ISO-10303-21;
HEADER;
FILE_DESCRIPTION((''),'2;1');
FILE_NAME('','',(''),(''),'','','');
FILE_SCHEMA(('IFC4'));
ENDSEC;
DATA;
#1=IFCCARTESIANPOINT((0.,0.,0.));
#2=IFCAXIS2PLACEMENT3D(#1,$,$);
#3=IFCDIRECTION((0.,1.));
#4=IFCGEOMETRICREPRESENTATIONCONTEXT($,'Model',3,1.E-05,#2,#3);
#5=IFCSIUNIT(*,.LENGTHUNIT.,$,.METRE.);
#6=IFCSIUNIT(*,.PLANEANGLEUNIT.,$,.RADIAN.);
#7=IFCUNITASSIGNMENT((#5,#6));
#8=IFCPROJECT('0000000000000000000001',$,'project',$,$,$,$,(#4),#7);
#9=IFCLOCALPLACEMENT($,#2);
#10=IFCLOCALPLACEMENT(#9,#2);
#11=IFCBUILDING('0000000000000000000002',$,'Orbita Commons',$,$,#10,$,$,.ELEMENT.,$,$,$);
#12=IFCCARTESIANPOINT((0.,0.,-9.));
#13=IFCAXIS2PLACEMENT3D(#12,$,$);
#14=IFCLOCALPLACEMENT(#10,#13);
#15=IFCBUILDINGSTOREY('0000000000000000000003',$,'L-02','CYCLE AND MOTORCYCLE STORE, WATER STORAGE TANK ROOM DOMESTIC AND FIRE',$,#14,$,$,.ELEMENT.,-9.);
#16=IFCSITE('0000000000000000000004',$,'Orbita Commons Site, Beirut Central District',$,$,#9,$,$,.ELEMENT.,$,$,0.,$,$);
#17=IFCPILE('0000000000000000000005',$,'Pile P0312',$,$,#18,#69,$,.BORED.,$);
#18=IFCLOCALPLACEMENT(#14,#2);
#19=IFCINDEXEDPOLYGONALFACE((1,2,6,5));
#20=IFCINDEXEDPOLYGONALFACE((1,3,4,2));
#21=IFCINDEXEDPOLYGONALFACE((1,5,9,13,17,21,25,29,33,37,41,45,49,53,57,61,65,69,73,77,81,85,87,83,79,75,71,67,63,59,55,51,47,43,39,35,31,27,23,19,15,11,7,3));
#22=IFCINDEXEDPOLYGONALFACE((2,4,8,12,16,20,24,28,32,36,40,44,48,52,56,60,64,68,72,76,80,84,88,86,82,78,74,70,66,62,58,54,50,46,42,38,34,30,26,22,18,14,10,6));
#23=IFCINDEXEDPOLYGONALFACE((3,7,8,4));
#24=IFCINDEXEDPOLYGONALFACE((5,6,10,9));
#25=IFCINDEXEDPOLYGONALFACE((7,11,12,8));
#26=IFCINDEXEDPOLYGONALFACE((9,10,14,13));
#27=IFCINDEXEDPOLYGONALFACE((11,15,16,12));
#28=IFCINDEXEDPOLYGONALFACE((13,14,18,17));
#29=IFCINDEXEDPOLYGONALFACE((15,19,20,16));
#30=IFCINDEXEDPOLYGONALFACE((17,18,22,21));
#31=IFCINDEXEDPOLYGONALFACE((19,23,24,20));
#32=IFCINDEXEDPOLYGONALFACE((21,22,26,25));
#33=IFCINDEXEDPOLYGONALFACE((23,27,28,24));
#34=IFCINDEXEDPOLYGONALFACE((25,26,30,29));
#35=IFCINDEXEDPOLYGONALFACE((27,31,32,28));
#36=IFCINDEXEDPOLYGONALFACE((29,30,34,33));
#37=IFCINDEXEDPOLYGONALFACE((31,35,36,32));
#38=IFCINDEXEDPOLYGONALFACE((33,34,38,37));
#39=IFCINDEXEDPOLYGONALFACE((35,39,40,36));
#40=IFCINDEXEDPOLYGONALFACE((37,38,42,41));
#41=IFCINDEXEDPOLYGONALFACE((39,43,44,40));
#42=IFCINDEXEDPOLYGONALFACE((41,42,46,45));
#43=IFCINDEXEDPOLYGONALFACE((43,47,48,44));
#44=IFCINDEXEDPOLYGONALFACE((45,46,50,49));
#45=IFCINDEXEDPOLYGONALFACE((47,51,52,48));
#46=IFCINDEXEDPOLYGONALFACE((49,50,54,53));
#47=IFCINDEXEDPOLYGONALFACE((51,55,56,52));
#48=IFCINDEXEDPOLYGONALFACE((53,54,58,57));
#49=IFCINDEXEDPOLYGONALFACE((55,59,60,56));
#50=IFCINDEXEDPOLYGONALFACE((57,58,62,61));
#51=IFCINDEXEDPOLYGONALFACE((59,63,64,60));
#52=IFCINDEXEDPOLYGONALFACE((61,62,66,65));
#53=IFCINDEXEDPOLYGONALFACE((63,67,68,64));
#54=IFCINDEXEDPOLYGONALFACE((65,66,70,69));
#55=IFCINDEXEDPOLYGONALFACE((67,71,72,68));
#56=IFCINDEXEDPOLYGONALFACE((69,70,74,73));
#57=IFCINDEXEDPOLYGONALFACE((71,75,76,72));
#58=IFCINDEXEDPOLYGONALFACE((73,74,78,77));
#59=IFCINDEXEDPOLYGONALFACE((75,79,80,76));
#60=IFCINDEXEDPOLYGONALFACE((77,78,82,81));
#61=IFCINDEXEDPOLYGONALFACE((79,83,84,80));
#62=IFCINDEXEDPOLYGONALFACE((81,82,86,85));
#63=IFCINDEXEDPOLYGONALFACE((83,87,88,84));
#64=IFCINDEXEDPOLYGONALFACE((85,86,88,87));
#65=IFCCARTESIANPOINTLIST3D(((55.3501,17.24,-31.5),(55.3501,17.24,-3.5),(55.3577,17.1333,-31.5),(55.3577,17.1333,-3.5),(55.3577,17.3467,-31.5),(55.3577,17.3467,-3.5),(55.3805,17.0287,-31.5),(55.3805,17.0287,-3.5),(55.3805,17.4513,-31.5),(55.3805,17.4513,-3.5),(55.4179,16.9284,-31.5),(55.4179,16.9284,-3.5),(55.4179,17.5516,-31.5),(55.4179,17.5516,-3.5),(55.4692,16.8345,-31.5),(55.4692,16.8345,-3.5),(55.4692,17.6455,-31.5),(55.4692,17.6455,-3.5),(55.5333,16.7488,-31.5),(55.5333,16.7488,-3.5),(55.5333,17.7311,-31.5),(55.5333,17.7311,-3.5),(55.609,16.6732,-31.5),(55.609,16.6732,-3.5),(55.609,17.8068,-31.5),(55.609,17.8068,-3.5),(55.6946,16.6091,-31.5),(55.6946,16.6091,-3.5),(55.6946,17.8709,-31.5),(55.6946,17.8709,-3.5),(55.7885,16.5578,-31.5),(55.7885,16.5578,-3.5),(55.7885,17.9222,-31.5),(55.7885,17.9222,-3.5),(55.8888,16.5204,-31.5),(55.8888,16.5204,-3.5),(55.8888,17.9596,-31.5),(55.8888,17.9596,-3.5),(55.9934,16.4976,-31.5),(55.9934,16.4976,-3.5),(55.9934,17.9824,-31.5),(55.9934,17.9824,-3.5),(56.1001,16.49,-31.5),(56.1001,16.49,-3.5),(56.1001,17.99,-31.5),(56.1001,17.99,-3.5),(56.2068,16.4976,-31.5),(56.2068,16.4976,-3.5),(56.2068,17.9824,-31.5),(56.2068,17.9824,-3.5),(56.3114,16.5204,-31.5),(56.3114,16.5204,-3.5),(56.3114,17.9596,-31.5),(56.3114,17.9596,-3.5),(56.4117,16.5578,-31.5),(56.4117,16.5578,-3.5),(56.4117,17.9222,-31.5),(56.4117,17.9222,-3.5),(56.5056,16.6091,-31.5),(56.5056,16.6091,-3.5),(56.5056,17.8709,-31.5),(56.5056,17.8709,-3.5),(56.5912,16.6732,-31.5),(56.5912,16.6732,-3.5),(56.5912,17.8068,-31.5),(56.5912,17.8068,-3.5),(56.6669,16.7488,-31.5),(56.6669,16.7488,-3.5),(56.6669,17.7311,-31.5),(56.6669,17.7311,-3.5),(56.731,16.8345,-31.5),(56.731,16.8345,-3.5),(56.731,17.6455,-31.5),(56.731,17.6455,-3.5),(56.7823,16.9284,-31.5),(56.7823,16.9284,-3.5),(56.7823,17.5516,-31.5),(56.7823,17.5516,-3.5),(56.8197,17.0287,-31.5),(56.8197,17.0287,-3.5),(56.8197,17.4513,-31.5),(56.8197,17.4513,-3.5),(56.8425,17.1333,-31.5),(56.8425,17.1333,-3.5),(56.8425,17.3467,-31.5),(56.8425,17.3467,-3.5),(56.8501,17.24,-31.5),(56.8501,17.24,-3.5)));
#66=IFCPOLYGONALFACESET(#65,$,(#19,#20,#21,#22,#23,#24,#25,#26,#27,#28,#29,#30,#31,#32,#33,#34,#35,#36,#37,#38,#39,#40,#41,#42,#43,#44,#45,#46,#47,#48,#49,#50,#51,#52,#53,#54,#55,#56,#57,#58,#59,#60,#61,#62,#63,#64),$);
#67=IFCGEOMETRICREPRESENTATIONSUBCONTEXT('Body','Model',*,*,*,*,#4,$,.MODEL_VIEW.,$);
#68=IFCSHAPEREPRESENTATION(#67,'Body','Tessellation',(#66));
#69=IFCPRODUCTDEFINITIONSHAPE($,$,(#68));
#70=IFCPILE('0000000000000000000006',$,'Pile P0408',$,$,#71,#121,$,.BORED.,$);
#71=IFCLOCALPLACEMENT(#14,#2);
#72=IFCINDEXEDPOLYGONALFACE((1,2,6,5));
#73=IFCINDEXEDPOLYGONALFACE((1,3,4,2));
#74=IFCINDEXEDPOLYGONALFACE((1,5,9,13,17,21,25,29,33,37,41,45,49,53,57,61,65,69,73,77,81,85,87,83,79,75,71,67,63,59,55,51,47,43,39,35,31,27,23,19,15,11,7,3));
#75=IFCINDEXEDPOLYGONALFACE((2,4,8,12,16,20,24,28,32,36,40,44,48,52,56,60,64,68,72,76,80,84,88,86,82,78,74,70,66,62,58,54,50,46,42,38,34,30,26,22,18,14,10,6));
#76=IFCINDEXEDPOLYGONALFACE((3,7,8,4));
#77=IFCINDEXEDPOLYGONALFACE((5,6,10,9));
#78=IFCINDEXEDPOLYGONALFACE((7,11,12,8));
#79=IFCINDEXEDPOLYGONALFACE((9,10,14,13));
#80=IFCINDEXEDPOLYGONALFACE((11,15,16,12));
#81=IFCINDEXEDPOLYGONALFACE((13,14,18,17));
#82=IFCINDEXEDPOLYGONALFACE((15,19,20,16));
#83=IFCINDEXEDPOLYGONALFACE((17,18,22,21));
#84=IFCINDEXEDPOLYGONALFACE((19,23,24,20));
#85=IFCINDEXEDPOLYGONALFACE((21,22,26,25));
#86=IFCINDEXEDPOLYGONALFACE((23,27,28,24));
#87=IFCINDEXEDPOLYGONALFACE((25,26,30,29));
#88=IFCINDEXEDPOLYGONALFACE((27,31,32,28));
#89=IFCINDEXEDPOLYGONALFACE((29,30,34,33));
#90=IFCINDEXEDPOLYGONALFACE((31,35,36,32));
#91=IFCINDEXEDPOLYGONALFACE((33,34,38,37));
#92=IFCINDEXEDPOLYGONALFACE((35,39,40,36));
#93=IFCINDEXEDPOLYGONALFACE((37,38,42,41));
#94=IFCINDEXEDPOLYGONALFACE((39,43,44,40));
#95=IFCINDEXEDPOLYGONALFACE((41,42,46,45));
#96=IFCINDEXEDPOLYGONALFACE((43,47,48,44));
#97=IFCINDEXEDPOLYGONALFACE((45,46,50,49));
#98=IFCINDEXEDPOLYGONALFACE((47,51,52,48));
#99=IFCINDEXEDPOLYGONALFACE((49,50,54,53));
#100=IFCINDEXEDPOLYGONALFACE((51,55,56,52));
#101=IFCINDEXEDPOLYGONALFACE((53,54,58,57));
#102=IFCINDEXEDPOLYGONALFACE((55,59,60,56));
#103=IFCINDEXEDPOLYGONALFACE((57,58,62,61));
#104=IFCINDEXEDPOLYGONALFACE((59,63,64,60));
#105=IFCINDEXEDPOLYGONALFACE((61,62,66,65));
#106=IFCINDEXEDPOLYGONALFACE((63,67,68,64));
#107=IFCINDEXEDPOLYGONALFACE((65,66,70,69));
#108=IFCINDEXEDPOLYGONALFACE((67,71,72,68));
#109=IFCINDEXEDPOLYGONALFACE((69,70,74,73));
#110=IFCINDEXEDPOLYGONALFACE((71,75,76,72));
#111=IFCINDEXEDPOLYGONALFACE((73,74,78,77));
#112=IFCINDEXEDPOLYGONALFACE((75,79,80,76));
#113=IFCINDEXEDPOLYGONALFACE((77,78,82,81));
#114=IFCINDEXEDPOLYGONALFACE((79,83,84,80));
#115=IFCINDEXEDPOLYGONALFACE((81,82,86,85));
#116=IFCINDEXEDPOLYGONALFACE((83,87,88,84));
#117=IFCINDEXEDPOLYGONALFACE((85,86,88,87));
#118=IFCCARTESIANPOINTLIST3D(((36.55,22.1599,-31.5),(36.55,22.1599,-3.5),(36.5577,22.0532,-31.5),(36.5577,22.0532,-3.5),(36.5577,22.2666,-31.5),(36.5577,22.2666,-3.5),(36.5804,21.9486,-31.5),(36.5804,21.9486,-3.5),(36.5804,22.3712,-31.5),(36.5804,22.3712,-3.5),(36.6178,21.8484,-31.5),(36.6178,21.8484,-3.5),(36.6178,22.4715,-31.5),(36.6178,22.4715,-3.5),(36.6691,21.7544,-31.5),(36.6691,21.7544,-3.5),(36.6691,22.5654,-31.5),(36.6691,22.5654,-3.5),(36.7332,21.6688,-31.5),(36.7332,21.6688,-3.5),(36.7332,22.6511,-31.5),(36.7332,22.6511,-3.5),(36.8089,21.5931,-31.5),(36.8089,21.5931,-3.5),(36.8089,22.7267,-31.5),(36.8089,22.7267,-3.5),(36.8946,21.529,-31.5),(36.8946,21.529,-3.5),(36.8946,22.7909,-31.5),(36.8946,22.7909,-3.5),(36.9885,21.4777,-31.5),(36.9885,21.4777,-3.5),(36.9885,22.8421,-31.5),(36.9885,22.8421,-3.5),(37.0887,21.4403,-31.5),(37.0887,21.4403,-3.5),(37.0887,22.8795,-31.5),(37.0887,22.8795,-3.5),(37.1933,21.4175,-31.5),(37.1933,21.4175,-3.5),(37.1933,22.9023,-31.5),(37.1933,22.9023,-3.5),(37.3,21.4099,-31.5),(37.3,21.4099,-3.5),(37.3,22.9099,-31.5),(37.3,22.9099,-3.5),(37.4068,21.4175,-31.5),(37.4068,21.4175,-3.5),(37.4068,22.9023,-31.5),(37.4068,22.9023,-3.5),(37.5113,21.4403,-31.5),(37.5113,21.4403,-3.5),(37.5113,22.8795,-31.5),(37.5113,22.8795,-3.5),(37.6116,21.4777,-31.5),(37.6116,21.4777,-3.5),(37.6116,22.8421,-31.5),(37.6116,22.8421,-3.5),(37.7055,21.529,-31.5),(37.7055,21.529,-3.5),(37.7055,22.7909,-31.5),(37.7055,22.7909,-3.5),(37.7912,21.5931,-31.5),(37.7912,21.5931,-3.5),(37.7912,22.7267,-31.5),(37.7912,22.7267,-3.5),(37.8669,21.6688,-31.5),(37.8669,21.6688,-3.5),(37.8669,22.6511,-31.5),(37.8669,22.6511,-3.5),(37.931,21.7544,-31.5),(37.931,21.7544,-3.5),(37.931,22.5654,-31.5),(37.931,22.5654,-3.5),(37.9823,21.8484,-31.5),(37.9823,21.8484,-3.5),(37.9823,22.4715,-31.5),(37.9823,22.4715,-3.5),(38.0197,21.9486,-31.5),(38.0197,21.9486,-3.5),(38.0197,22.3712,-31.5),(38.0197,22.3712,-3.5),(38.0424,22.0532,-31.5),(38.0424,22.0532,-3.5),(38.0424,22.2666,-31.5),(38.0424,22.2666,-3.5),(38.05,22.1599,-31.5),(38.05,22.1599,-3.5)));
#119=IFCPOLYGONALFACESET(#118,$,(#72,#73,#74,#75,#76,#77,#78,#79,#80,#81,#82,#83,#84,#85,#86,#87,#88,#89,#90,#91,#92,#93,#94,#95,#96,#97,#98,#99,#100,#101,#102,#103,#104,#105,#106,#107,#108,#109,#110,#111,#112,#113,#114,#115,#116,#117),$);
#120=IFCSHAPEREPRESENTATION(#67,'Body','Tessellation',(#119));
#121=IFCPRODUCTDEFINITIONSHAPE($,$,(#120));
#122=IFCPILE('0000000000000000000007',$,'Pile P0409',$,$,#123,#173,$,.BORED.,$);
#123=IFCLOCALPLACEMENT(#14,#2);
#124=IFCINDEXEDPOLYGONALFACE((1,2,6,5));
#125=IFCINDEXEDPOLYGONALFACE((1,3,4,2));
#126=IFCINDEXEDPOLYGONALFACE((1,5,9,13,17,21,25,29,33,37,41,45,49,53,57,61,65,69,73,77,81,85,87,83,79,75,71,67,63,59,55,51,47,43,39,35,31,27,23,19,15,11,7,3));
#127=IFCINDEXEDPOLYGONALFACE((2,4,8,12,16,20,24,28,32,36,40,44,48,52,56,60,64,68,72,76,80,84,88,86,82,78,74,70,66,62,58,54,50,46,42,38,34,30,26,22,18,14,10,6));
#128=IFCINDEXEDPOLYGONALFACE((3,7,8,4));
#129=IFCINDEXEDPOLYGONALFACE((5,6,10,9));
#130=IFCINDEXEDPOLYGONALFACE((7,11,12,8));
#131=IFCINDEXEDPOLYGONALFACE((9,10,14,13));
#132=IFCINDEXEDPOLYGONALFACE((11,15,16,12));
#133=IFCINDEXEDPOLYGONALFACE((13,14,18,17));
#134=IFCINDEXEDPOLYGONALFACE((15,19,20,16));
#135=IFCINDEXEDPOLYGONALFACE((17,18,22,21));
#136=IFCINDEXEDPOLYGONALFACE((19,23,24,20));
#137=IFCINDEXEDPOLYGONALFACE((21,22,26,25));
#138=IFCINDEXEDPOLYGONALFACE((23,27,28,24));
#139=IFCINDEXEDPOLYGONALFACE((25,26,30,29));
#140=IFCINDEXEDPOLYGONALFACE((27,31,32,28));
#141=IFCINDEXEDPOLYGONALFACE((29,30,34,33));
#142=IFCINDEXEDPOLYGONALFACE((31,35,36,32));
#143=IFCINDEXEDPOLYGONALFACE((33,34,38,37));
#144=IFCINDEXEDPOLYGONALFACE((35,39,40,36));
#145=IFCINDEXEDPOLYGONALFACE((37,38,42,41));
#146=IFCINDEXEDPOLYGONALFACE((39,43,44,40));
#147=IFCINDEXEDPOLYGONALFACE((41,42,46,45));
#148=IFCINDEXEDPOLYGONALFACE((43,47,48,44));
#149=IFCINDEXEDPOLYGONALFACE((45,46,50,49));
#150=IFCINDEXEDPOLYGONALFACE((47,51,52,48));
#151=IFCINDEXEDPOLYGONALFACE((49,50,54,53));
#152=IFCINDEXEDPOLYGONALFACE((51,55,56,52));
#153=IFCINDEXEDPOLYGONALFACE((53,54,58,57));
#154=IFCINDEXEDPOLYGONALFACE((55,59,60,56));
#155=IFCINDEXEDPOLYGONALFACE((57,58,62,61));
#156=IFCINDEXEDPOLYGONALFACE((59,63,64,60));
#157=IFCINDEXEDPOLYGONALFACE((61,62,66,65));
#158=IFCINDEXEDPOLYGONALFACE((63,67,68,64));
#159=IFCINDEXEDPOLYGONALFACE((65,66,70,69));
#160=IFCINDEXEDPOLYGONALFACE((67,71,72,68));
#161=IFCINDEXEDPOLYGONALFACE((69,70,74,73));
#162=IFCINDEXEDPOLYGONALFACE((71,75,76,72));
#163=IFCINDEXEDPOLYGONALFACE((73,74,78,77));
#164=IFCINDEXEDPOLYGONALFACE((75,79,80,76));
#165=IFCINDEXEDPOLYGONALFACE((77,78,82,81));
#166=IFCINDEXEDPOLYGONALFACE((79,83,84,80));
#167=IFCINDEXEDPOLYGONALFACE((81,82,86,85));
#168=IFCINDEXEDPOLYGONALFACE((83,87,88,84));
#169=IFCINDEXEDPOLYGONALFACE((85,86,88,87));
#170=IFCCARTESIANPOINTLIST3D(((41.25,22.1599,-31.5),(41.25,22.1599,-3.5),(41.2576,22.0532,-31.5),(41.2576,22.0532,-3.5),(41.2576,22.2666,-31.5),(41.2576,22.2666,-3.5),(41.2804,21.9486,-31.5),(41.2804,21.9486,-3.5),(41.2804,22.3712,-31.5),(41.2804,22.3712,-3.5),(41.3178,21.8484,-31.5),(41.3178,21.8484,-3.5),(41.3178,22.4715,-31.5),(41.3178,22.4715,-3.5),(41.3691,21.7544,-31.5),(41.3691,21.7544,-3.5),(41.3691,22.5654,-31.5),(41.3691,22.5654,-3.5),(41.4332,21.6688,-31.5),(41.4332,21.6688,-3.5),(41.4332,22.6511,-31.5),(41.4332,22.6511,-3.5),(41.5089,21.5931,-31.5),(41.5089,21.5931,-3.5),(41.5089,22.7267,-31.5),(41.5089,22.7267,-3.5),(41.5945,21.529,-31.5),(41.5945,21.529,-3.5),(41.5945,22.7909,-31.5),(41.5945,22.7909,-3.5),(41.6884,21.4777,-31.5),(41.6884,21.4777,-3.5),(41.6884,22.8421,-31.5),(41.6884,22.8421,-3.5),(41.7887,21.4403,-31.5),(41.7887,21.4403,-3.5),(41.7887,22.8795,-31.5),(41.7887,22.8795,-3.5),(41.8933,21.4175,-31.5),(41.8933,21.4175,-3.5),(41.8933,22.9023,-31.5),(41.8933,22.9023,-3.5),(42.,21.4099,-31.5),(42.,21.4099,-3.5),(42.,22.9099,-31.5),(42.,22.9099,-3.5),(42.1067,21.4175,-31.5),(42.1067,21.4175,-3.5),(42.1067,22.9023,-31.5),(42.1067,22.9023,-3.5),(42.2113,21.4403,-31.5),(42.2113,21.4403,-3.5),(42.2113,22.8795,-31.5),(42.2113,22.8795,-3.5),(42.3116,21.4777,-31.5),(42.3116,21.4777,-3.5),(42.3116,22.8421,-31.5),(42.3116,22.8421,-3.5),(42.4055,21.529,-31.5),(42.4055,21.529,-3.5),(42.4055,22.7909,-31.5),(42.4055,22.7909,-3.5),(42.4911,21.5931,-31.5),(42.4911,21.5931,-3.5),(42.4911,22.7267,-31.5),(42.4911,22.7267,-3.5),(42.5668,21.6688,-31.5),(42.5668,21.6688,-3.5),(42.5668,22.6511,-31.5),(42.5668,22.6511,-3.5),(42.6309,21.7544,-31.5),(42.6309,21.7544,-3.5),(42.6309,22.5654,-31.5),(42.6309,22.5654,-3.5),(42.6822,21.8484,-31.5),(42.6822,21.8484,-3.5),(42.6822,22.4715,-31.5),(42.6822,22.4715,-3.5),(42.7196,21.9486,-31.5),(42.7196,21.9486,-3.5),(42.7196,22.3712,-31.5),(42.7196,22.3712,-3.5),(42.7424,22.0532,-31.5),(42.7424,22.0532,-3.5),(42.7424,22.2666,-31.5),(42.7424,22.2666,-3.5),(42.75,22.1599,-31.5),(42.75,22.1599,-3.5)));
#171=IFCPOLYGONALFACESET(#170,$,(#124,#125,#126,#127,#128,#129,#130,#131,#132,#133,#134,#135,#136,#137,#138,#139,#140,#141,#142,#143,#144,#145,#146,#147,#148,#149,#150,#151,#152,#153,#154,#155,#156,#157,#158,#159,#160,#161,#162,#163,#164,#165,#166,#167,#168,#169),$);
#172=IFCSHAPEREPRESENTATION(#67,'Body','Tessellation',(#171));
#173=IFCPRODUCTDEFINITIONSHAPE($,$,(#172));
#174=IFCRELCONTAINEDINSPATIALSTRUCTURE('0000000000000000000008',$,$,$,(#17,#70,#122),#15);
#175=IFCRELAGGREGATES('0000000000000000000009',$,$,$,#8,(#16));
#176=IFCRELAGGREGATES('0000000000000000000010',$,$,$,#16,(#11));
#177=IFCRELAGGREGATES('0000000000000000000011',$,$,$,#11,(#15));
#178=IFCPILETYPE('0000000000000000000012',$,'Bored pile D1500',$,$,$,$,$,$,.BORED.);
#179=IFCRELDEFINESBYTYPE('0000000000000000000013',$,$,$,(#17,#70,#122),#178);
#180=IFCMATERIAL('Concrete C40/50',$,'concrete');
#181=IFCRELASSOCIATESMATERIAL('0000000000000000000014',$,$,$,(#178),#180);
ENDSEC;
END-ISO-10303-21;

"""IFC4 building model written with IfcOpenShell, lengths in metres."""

from ifc_helpers import new_model, si_unit, direction, frame, origin, origin_2d, place, context, subcontext, project, spatial, circle, extrude, material, material_profile, profile_set, type_object, element, save


model = new_model("IFC4")

# Units and contexts
model_context = context("Model", 3, precision=1e-05, world=origin(), true_north=direction((0.0, 1.0)))
body_context = subcontext(model_context, "Body", "Model", "MODEL_VIEW")
ifc_project = project(units=[si_unit("LENGTHUNIT", "METRE"), si_unit("PLANEANGLEUNIT", "RADIAN")], contexts=[model_context])

# Site, building, storey
site_placement = place(None, origin())
site = spatial("IfcSite", under=ifc_project, at=site_placement, Name="Orbita Commons Site, Beirut Central District", CompositionType="ELEMENT", RefElevation=0.0)
building_placement = place(site_placement, origin())
building = spatial("IfcBuilding", under=site, at=building_placement, Name="Orbita Commons", CompositionType="ELEMENT")
storey_placement = place(building_placement, frame((0.0, 0.0, -9.0)))
storey = spatial("IfcBuildingStorey", under=building, at=storey_placement, Name="L-02", Description="CYCLE AND MOTORCYCLE STORE, WATER STORAGE TANK ROOM DOMESTIC AND FIRE", CompositionType="ELEMENT", Elevation=-9.0)

# Piles
ifc_material_1 = material(Name="Concrete C40/50", Category="concrete")
ifc_material_profile_1 = material_profile(ifc_material_1, circle(Radius=0.75, at=origin_2d()), Name="RC D1500")
ifc_profile_set_1 = profile_set([ifc_material_profile_1], Name="Concrete C40/50")
pile_type = type_object("IfcPileType", Name="Bored pile D1500", PredefinedType="BORED", material=ifc_profile_set_1)
for number, where, z_axis, x_axis, name in (
    (1, (56.1001, 17.24, -3.5), (0.0, 0.0, -1.0), (1.0, 0.0, 0.0), "Pile P0312"),
    (2, (37.3, 22.1599, -3.5), (0.0, 0.0, -1.0), (1.0, 0.0, 0.0), "Pile P0408"),
    (3, (42.0, 22.1599, -3.5), (0.0, 0.0, -1.0), (1.0, 0.0, 0.0), "Pile P0409"),
):
    element("IfcPile", number, at=place(storey_placement, frame(where, z_axis=z_axis, x_axis=x_axis)), inside=storey, type_object=pile_type, Name=name, PredefinedType="BORED", context=body_context, shape_type="SweptSolid", body=[
        extrude(circle(Radius=0.75, at=origin_2d()), origin(), (0.0, 0.0, 1.0), 28.0),
    ])

save(model, "model.ifc")
